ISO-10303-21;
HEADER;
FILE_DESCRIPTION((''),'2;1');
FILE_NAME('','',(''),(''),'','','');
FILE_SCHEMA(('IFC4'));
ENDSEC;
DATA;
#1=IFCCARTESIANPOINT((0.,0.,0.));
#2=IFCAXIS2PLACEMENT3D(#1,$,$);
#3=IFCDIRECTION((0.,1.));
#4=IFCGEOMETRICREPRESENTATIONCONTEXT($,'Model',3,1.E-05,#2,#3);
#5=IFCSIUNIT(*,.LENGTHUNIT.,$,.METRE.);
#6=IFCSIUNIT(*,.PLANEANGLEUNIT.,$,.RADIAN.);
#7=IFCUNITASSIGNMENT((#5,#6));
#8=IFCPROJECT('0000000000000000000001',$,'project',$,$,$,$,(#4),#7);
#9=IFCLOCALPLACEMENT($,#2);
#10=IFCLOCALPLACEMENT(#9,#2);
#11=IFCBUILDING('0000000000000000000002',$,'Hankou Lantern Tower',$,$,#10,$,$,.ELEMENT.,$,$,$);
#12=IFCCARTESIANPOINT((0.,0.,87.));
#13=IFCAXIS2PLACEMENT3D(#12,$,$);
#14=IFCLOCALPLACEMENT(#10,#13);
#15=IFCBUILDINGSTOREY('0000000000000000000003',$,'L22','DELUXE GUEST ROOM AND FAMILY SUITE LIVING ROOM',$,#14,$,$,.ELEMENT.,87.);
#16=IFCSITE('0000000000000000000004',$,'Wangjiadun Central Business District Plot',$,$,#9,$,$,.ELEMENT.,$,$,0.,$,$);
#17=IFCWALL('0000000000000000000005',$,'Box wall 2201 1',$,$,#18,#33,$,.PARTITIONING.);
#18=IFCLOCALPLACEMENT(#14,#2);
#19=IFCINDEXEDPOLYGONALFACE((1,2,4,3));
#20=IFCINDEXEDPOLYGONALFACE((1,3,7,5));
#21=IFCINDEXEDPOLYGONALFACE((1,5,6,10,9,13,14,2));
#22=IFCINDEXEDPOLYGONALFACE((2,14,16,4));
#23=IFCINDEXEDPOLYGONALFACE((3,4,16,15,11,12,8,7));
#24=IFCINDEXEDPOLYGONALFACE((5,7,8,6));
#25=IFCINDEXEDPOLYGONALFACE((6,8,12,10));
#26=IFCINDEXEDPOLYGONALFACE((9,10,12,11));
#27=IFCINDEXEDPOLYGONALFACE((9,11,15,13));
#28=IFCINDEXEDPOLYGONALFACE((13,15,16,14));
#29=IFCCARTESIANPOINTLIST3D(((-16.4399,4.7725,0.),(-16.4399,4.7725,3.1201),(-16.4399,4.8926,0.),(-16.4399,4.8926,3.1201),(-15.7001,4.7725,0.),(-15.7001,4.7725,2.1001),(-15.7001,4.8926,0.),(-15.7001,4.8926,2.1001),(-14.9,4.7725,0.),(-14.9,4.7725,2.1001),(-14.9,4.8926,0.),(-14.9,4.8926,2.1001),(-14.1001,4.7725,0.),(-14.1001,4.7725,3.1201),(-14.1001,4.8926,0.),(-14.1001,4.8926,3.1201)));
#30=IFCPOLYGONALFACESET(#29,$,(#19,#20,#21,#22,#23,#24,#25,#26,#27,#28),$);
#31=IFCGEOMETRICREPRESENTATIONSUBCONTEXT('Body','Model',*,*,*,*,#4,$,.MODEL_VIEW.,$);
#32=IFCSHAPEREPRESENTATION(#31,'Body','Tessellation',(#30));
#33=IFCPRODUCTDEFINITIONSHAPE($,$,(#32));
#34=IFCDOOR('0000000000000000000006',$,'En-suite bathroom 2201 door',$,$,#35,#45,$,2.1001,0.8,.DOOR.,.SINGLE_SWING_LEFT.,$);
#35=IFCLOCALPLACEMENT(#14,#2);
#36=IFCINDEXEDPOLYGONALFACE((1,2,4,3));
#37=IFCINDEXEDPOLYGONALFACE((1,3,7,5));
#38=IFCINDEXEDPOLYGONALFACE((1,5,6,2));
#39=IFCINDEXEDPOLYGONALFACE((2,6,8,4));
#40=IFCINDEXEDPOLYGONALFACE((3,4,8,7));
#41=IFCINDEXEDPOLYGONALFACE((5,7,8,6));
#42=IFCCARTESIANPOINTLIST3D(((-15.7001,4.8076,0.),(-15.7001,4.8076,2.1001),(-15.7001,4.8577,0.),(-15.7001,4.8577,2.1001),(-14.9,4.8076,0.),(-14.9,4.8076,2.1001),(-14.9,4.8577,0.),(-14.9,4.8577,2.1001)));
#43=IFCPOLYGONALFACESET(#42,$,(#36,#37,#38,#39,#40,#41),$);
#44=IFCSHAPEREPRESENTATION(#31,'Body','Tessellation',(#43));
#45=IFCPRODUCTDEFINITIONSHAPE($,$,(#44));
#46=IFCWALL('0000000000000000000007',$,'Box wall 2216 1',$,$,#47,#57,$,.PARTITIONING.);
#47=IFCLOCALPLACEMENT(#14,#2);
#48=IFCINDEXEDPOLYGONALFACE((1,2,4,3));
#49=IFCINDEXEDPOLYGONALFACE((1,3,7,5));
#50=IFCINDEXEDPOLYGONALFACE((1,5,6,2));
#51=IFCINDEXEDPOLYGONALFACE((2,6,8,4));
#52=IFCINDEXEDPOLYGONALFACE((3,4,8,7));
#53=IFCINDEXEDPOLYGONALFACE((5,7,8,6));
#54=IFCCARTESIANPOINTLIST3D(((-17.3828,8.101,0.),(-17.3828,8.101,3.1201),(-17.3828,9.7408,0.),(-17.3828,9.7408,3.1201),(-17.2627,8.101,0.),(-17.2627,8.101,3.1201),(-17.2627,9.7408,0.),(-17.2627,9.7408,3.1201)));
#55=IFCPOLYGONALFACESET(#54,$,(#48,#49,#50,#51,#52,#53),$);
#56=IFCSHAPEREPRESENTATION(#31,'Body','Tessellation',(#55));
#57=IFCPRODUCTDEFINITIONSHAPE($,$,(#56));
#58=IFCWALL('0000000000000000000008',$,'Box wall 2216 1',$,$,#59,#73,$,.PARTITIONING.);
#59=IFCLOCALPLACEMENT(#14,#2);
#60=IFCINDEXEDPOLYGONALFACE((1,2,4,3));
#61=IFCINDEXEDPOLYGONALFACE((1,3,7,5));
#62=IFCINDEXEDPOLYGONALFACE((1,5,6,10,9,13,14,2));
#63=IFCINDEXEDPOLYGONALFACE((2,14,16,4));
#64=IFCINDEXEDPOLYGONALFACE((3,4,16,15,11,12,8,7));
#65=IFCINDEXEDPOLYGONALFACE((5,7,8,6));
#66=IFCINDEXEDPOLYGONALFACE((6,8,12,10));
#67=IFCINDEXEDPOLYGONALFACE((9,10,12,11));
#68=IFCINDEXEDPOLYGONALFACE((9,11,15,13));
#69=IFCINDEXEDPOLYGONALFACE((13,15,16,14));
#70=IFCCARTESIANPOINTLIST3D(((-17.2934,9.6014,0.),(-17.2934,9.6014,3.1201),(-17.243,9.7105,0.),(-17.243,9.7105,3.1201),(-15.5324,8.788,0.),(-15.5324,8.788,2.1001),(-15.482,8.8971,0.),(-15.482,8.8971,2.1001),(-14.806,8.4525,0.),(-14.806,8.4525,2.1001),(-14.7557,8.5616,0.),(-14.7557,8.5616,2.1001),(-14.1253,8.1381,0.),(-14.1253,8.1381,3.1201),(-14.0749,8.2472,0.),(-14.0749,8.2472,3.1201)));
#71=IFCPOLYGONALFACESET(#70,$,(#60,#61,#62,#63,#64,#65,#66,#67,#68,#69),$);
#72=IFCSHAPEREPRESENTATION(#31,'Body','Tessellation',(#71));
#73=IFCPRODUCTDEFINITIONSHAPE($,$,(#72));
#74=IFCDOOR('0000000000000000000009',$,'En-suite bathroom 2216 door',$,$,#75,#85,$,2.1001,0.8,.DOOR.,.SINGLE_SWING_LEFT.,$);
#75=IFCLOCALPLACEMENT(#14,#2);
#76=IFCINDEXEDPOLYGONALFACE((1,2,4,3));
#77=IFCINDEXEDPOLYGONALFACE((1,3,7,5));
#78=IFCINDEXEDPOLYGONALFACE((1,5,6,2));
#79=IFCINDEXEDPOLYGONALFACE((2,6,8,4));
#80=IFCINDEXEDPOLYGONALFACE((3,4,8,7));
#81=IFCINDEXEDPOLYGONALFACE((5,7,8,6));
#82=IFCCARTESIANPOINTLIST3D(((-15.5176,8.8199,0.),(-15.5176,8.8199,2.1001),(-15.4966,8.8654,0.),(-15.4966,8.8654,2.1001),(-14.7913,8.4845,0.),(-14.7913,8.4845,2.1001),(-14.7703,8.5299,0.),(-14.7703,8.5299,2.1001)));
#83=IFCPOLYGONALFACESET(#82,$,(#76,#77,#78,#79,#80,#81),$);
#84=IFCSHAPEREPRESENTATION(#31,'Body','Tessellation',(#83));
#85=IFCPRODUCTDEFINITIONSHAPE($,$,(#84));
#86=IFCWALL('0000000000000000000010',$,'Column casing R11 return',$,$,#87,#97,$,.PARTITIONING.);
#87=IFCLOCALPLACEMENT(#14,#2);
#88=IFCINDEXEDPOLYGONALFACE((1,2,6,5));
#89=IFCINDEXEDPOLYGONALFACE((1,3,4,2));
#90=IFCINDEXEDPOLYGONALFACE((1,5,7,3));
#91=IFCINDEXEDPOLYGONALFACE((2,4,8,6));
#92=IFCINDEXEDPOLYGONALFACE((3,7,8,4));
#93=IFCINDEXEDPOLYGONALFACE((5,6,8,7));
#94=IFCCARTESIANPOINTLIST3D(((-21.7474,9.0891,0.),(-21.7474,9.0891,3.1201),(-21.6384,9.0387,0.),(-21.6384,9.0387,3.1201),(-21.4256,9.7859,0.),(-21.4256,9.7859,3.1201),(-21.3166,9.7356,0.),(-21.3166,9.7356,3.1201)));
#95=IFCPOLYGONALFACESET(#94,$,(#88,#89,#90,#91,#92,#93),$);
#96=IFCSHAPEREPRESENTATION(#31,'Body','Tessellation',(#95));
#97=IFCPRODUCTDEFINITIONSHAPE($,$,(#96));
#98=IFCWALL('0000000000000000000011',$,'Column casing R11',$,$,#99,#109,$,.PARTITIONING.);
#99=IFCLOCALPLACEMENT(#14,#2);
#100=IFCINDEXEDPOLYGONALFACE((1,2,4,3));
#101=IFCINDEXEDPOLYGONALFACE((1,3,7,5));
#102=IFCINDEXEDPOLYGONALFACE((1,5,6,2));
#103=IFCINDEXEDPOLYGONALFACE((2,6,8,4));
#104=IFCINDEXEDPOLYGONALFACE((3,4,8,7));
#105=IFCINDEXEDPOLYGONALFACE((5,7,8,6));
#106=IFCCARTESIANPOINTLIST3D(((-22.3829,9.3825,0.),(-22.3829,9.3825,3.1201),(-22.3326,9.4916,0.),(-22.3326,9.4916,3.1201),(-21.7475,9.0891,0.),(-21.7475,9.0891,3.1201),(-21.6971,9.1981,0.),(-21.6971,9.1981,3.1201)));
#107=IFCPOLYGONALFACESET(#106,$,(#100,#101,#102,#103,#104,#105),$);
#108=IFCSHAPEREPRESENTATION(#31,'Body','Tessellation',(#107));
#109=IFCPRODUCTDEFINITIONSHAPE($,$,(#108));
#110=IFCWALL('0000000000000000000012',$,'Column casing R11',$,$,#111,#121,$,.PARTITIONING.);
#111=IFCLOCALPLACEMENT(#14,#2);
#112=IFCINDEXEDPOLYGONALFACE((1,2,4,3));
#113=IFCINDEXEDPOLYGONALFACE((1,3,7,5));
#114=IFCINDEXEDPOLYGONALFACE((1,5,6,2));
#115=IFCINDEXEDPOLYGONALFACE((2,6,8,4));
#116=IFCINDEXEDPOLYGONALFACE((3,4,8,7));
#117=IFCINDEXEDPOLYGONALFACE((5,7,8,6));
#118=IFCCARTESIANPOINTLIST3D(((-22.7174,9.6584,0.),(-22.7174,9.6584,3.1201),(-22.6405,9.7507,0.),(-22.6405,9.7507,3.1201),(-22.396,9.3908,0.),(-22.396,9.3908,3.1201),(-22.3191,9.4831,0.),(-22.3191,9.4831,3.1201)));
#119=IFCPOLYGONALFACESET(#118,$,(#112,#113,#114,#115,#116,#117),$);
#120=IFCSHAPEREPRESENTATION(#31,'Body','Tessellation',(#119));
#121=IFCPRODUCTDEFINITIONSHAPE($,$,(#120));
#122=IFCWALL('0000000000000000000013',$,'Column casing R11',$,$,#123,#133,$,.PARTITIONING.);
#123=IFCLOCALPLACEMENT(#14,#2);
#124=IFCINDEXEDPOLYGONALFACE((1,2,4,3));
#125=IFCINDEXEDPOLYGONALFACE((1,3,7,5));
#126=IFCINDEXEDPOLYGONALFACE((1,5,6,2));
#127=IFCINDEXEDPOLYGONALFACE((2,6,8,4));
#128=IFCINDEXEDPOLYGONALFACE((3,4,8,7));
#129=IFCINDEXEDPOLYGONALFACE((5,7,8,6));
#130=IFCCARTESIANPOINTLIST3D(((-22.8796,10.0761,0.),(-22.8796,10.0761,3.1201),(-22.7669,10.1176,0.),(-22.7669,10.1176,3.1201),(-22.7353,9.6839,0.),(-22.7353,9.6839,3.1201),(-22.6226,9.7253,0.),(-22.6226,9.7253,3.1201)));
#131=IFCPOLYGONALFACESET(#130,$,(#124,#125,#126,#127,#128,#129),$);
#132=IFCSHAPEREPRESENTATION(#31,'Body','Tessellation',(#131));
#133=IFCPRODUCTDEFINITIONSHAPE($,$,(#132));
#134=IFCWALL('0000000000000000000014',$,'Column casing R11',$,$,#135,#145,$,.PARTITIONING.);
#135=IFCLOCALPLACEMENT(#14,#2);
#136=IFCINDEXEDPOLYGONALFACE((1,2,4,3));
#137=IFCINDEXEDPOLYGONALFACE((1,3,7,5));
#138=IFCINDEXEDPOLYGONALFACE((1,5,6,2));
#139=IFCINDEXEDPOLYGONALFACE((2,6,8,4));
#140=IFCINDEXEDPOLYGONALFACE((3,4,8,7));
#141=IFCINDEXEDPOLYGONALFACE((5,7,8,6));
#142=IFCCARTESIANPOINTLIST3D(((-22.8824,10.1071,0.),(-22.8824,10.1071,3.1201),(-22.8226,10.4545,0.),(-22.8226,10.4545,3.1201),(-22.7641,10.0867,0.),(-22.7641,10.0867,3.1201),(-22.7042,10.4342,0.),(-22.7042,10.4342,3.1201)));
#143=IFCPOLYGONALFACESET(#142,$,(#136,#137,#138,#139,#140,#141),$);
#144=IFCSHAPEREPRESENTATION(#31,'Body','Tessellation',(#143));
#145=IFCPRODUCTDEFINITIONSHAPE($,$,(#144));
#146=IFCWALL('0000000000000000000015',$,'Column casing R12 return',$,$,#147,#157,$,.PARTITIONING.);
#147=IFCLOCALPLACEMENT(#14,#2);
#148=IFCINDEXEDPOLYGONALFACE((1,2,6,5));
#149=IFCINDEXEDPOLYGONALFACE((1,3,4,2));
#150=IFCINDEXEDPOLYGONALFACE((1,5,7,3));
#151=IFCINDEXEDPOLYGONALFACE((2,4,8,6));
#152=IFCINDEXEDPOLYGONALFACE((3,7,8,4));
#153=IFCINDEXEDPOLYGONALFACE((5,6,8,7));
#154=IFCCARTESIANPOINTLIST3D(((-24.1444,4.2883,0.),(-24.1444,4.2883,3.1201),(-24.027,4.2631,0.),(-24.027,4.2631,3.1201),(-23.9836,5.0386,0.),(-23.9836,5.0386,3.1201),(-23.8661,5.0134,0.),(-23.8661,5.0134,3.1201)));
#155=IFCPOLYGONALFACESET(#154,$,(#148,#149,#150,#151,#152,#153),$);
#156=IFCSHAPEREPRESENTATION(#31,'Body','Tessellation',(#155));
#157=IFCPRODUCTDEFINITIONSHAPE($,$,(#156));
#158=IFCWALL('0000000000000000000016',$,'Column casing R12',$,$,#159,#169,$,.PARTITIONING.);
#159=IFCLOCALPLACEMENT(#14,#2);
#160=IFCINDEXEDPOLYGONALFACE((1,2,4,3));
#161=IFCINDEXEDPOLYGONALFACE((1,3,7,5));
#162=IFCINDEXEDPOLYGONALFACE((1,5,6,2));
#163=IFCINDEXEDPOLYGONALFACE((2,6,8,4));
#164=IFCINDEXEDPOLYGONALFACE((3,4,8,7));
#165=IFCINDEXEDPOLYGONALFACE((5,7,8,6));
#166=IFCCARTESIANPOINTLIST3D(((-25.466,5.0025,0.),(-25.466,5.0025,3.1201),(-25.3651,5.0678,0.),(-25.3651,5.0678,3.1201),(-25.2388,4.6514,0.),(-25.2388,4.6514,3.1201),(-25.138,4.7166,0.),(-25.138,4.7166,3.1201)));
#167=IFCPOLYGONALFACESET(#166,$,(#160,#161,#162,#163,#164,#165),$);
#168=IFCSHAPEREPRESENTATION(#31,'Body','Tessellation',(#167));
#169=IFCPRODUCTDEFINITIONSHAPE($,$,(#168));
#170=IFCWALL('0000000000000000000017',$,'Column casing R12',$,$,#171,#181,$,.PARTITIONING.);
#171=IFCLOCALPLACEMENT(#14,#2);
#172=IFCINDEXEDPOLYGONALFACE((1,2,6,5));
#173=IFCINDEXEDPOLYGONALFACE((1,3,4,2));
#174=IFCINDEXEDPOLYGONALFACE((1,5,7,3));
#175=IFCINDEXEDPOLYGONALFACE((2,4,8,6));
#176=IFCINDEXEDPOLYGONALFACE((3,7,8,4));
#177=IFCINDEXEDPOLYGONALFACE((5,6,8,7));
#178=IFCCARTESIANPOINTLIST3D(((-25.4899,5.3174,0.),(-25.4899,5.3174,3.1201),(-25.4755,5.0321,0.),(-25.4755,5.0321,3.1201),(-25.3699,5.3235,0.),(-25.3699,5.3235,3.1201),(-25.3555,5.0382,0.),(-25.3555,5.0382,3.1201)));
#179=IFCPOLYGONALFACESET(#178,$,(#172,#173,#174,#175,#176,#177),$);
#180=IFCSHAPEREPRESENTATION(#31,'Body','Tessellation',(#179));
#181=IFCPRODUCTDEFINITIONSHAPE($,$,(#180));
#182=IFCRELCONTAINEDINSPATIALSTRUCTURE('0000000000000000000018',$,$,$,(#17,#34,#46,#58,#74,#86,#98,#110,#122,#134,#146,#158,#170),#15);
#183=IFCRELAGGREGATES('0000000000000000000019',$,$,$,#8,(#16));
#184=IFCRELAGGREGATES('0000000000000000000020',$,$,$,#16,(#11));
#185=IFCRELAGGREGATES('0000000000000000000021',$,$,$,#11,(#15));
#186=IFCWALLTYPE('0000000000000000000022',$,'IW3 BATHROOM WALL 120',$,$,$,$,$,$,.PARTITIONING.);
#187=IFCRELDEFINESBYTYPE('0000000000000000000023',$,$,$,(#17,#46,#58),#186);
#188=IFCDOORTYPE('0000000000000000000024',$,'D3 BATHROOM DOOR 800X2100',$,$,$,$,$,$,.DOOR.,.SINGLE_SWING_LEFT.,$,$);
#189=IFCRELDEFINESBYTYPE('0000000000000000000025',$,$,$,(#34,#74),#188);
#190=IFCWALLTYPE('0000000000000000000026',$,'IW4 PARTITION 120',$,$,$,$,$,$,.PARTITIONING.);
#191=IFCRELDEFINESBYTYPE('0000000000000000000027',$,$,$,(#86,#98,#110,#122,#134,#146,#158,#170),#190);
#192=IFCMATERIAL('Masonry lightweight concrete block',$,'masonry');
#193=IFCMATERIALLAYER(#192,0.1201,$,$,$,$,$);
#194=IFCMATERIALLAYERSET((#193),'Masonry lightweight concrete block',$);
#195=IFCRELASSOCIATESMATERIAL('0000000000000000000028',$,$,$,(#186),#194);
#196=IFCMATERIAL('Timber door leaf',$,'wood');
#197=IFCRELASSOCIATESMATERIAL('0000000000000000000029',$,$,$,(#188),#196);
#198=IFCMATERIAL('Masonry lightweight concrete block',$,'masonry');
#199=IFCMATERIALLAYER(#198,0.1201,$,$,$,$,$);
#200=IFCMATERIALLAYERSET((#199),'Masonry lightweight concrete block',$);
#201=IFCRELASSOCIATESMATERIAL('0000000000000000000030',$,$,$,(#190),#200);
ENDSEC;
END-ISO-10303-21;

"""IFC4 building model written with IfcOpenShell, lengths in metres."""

from ifc_helpers import new_model, si_unit, direction, frame, frame_2d, origin, place, context, subcontext, project, spatial, rectangle, extrude, material, layer, layer_set, type_object, element, fill, save


model = new_model("IFC4")

# Units and contexts
model_context = context("Model", 3, precision=1e-05, world=origin(), true_north=direction((0.0, 1.0)))
body_context = subcontext(model_context, "Body", "Model", "MODEL_VIEW")
ifc_project = project(units=[si_unit("LENGTHUNIT", "METRE"), si_unit("PLANEANGLEUNIT", "RADIAN")], contexts=[model_context])

# Site, building, storey
site_placement = place(None, origin())
site = spatial("IfcSite", under=ifc_project, at=site_placement, Name="Wangjiadun Central Business District Plot", CompositionType="ELEMENT", RefElevation=0.0)
building_placement = place(site_placement, origin())
building = spatial("IfcBuilding", under=site, at=building_placement, Name="Hankou Lantern Tower", CompositionType="ELEMENT")
storey_placement = place(building_placement, frame((0.0, 0.0, 87.0)))
storey = spatial("IfcBuildingStorey", under=building, at=storey_placement, Name="L22", Description="DELUXE GUEST ROOM AND FAMILY SUITE LIVING ROOM", CompositionType="ELEMENT", Elevation=87.0)

# Shared definitions
ifc_material_1 = material(Name="Masonry lightweight concrete block", Category="masonry")
ifc_layer_1 = layer(ifc_material_1, 0.1201)
ifc_layer_set_1 = layer_set([ifc_layer_1], Name="Masonry lightweight concrete block")
wall_type_1 = type_object("IfcWallType", Name="IW3 BATHROOM WALL 120", PredefinedType="PARTITIONING", material=ifc_layer_set_1)

# Wall, opening, door
wall_1_placement = place(storey_placement, frame((-14.1001, 4.8325, 0.0), z_axis=(0.0, 0.0, 1.0), x_axis=(-1.0, 0.0, 0.0)))
wall_1 = element("IfcWall", 1, at=wall_1_placement, inside=storey, type_object=wall_type_1, Name="Box wall 2201 1", PredefinedType="PARTITIONING", context=body_context, shape_type="SweptSolid", body=[
    extrude(rectangle(XDim=2.3398, YDim=0.1201, at=frame_2d((1.1699, 0.0))), origin(), (0.0, 0.0, 1.0), 3.1201),
])
opening_1_placement = place(wall_1_placement, frame((0.8, 0.0, 0.0)))
opening_1 = element("IfcOpeningElement", 2, at=opening_1_placement, cuts=wall_1, PredefinedType="OPENING", context=body_context, shape_type="SweptSolid", body=[
    extrude(rectangle(XDim=0.8, YDim=2.1001, at=frame_2d((0.3999, 1.05))), frame((0.0, 0.0701, 0.0), z_axis=(0.0, -1.0, 0.0), x_axis=(1.0, 0.0, 0.0)), (0.0, 0.0, 1.0), 0.1401),
])
ifc_material_2 = material(Name="Timber door leaf", Category="wood")
door_type_1 = type_object("IfcDoorType", Name="D3 BATHROOM DOOR 800X2100", OperationType="SINGLE_SWING_LEFT", PredefinedType="DOOR", material=ifc_material_2)
door_1_placement = place(opening_1_placement, origin())
door_1 = element("IfcDoor", 3, at=door_1_placement, inside=storey, type_object=door_type_1, Name="En-suite bathroom 2201 door", OperationType="SINGLE_SWING_LEFT", OverallHeight=2.1001, OverallWidth=0.8, PredefinedType="DOOR", context=body_context, shape_type="SweptSolid", body=[
    extrude(rectangle(XDim=0.8, YDim=2.1001, at=frame_2d((0.3999, 1.05))), frame((0.0, 0.0249, 0.0), z_axis=(0.0, -1.0, 0.0), x_axis=(1.0, 0.0, 0.0)), (0.0, 0.0, 1.0), 0.05),
])
fill(opening_1, door_1)

# Wall
wall_2_placement = place(storey_placement, frame((-17.3228, 8.1011, 0.0), z_axis=(0.0, 0.0, 1.0), x_axis=(0.0, 1.0, 0.0)))
element("IfcWall", 4, at=wall_2_placement, inside=storey, type_object=wall_type_1, Name="Box wall 2216 1", PredefinedType="PARTITIONING", context=body_context, shape_type="SweptSolid", body=[
    extrude(rectangle(XDim=1.6399, YDim=0.1201, at=frame_2d((0.8198, 0.0))), origin(), (0.0, 0.0, 1.0), 3.1201),
])

# Wall, opening, door
wall_3_placement = place(storey_placement, frame((-14.1001, 8.1926, 0.0), z_axis=(0.0, 0.0, 1.0), x_axis=(-0.907836, 0.419324, 0.0)))
wall_3 = element("IfcWall", 5, at=wall_3_placement, inside=storey, type_object=wall_type_1, Name="Box wall 2216 1", PredefinedType="PARTITIONING", context=body_context, shape_type="SweptSolid", body=[
    extrude(rectangle(XDim=3.4897, YDim=0.1201, at=frame_2d((1.7449, 0.0))), origin(), (0.0, 0.0, 1.0), 3.1201),
])
opening_2_placement = place(wall_3_placement, frame((0.75, 0.0, 0.0)))
opening_2 = element("IfcOpeningElement", 6, at=opening_2_placement, cuts=wall_3, PredefinedType="OPENING", context=body_context, shape_type="SweptSolid", body=[
    extrude(rectangle(XDim=0.8, YDim=2.1001, at=frame_2d((0.3999, 1.05))), frame((0.0, 0.0701, 0.0), z_axis=(0.0, -1.0, 0.0), x_axis=(1.0, 0.0, 0.0)), (0.0, 0.0, 1.0), 0.1401),
])
door_2_placement = place(opening_2_placement, origin())
door_2 = element("IfcDoor", 7, at=door_2_placement, inside=storey, type_object=door_type_1, Name="En-suite bathroom 2216 door", OperationType="SINGLE_SWING_LEFT", OverallHeight=2.1001, OverallWidth=0.8, PredefinedType="DOOR", context=body_context, shape_type="SweptSolid", body=[
    extrude(rectangle(XDim=0.8, YDim=2.1001, at=frame_2d((0.3999, 1.05))), frame((0.0, 0.0249, 0.0), z_axis=(0.0, -1.0, 0.0), x_axis=(1.0, 0.0, 0.0)), (0.0, 0.0, 1.0), 0.05),
])
fill(opening_2, door_2)

# Walls
ifc_material_3 = material(Name="Masonry lightweight concrete block", Category="masonry")
ifc_layer_2 = layer(ifc_material_3, 0.1201)
ifc_layer_set_2 = layer_set([ifc_layer_2], Name="Masonry lightweight concrete block")
wall_type_2 = type_object("IfcWallType", Name="IW4 PARTITION 120", PredefinedType="PARTITIONING", material=ifc_layer_set_2)
wall_4_placement = place(storey_placement, frame((-21.3711, 9.7607, 0.0), z_axis=(0.0, 0.0, 1.0), x_axis=(-0.41926, -0.907866, 0.0)))
element("IfcWall", 8, at=wall_4_placement, inside=storey, type_object=wall_type_2, Name="Column casing R11 return", PredefinedType="PARTITIONING", context=body_context, shape_type="SweptSolid", body=[
    extrude(rectangle(XDim=0.7676, YDim=0.1201, at=frame_2d((0.3838, 0.0))), origin(), (0.0, 0.0, 1.0), 3.1201),
])
wall_5_placement = place(storey_placement, frame((-21.7222, 9.1436, 0.0), z_axis=(0.0, 0.0, 1.0), x_axis=(-0.907878, 0.419235, 0.0)))
element("IfcWall", 9, at=wall_5_placement, inside=storey, type_object=wall_type_2, Name="Column casing R11", PredefinedType="PARTITIONING", context=body_context, shape_type="SweptSolid", body=[
    extrude(rectangle(XDim=0.7, YDim=0.1201, at=frame_2d((0.3501, 0.0))), origin(), (0.0, 0.0, 1.0), 3.1201),
])
wall_6_placement = place(storey_placement, frame((-22.3577, 9.437, 0.0), z_axis=(0.0, 0.0, 1.0), x_axis=(-0.768413, 0.639955, 0.0)))
element("IfcWall", 10, at=wall_6_placement, inside=storey, type_object=wall_type_2, Name="Column casing R11", PredefinedType="PARTITIONING", context=body_context, shape_type="SweptSolid", body=[
    extrude(rectangle(XDim=0.4182, YDim=0.1201, at=frame_2d((0.209, 0.0))), origin(), (0.0, 0.0, 1.0), 3.1201),
])
wall_7_placement = place(storey_placement, frame((-22.679, 9.7046, 0.0), z_axis=(0.0, 0.0, 1.0), x_axis=(-0.345164, 0.938542, 0.0)))
element("IfcWall", 11, at=wall_7_placement, inside=storey, type_object=wall_type_2, Name="Column casing R11", PredefinedType="PARTITIONING", context=body_context, shape_type="SweptSolid", body=[
    extrude(rectangle(XDim=0.418, YDim=0.1201, at=frame_2d((0.209, 0.0))), origin(), (0.0, 0.0, 1.0), 3.1201),
])
wall_8_placement = place(storey_placement, frame((-22.8232, 10.0969, 0.0), z_axis=(0.0, 0.0, 1.0), x_axis=(0.169675, 0.9855, 0.0)))
element("IfcWall", 12, at=wall_8_placement, inside=storey, type_object=wall_type_2, Name="Column casing R11", PredefinedType="PARTITIONING", context=body_context, shape_type="SweptSolid", body=[
    extrude(rectangle(XDim=0.3525, YDim=0.1201, at=frame_2d((0.1763, 0.0))), origin(), (0.0, 0.0, 1.0), 3.1201),
])
wall_9_placement = place(storey_placement, frame((-23.9248, 5.0261, 0.0), z_axis=(0.0, 0.0, 1.0), x_axis=(-0.209681, -0.97777, 0.0)))
element("IfcWall", 13, at=wall_9_placement, inside=storey, type_object=wall_type_2, Name="Column casing R12 return", PredefinedType="PARTITIONING", context=body_context, shape_type="SweptSolid", body=[
    extrude(rectangle(XDim=0.7673, YDim=0.1201, at=frame_2d((0.3838, 0.0))), origin(), (0.0, 0.0, 1.0), 3.1201),
])
wall_10_placement = place(storey_placement, frame((-25.1885, 4.6841, 0.0), z_axis=(0.0, 0.0, 1.0), x_axis=(-0.543058, 0.839695, 0.0)))
element("IfcWall", 14, at=wall_10_placement, inside=storey, type_object=wall_type_2, Name="Column casing R12", PredefinedType="PARTITIONING", context=body_context, shape_type="SweptSolid", body=[
    extrude(rectangle(XDim=0.4182, YDim=0.1201, at=frame_2d((0.209, 0.0))), origin(), (0.0, 0.0, 1.0), 3.1201),
])
wall_11_placement = place(storey_placement, frame((-25.4155, 5.0352, 0.0), z_axis=(0.0, 0.0, 1.0), x_axis=(-0.050406, 0.998729, 0.0)))
element("IfcWall", 15, at=wall_11_placement, inside=storey, type_object=wall_type_2, Name="Column casing R12", PredefinedType="PARTITIONING", context=body_context, shape_type="SweptSolid", body=[
    extrude(rectangle(XDim=0.2856, YDim=0.1201, at=frame_2d((0.1428, 0.0))), origin(), (0.0, 0.0, 1.0), 3.1201),
])

save(model, "model.ifc")
